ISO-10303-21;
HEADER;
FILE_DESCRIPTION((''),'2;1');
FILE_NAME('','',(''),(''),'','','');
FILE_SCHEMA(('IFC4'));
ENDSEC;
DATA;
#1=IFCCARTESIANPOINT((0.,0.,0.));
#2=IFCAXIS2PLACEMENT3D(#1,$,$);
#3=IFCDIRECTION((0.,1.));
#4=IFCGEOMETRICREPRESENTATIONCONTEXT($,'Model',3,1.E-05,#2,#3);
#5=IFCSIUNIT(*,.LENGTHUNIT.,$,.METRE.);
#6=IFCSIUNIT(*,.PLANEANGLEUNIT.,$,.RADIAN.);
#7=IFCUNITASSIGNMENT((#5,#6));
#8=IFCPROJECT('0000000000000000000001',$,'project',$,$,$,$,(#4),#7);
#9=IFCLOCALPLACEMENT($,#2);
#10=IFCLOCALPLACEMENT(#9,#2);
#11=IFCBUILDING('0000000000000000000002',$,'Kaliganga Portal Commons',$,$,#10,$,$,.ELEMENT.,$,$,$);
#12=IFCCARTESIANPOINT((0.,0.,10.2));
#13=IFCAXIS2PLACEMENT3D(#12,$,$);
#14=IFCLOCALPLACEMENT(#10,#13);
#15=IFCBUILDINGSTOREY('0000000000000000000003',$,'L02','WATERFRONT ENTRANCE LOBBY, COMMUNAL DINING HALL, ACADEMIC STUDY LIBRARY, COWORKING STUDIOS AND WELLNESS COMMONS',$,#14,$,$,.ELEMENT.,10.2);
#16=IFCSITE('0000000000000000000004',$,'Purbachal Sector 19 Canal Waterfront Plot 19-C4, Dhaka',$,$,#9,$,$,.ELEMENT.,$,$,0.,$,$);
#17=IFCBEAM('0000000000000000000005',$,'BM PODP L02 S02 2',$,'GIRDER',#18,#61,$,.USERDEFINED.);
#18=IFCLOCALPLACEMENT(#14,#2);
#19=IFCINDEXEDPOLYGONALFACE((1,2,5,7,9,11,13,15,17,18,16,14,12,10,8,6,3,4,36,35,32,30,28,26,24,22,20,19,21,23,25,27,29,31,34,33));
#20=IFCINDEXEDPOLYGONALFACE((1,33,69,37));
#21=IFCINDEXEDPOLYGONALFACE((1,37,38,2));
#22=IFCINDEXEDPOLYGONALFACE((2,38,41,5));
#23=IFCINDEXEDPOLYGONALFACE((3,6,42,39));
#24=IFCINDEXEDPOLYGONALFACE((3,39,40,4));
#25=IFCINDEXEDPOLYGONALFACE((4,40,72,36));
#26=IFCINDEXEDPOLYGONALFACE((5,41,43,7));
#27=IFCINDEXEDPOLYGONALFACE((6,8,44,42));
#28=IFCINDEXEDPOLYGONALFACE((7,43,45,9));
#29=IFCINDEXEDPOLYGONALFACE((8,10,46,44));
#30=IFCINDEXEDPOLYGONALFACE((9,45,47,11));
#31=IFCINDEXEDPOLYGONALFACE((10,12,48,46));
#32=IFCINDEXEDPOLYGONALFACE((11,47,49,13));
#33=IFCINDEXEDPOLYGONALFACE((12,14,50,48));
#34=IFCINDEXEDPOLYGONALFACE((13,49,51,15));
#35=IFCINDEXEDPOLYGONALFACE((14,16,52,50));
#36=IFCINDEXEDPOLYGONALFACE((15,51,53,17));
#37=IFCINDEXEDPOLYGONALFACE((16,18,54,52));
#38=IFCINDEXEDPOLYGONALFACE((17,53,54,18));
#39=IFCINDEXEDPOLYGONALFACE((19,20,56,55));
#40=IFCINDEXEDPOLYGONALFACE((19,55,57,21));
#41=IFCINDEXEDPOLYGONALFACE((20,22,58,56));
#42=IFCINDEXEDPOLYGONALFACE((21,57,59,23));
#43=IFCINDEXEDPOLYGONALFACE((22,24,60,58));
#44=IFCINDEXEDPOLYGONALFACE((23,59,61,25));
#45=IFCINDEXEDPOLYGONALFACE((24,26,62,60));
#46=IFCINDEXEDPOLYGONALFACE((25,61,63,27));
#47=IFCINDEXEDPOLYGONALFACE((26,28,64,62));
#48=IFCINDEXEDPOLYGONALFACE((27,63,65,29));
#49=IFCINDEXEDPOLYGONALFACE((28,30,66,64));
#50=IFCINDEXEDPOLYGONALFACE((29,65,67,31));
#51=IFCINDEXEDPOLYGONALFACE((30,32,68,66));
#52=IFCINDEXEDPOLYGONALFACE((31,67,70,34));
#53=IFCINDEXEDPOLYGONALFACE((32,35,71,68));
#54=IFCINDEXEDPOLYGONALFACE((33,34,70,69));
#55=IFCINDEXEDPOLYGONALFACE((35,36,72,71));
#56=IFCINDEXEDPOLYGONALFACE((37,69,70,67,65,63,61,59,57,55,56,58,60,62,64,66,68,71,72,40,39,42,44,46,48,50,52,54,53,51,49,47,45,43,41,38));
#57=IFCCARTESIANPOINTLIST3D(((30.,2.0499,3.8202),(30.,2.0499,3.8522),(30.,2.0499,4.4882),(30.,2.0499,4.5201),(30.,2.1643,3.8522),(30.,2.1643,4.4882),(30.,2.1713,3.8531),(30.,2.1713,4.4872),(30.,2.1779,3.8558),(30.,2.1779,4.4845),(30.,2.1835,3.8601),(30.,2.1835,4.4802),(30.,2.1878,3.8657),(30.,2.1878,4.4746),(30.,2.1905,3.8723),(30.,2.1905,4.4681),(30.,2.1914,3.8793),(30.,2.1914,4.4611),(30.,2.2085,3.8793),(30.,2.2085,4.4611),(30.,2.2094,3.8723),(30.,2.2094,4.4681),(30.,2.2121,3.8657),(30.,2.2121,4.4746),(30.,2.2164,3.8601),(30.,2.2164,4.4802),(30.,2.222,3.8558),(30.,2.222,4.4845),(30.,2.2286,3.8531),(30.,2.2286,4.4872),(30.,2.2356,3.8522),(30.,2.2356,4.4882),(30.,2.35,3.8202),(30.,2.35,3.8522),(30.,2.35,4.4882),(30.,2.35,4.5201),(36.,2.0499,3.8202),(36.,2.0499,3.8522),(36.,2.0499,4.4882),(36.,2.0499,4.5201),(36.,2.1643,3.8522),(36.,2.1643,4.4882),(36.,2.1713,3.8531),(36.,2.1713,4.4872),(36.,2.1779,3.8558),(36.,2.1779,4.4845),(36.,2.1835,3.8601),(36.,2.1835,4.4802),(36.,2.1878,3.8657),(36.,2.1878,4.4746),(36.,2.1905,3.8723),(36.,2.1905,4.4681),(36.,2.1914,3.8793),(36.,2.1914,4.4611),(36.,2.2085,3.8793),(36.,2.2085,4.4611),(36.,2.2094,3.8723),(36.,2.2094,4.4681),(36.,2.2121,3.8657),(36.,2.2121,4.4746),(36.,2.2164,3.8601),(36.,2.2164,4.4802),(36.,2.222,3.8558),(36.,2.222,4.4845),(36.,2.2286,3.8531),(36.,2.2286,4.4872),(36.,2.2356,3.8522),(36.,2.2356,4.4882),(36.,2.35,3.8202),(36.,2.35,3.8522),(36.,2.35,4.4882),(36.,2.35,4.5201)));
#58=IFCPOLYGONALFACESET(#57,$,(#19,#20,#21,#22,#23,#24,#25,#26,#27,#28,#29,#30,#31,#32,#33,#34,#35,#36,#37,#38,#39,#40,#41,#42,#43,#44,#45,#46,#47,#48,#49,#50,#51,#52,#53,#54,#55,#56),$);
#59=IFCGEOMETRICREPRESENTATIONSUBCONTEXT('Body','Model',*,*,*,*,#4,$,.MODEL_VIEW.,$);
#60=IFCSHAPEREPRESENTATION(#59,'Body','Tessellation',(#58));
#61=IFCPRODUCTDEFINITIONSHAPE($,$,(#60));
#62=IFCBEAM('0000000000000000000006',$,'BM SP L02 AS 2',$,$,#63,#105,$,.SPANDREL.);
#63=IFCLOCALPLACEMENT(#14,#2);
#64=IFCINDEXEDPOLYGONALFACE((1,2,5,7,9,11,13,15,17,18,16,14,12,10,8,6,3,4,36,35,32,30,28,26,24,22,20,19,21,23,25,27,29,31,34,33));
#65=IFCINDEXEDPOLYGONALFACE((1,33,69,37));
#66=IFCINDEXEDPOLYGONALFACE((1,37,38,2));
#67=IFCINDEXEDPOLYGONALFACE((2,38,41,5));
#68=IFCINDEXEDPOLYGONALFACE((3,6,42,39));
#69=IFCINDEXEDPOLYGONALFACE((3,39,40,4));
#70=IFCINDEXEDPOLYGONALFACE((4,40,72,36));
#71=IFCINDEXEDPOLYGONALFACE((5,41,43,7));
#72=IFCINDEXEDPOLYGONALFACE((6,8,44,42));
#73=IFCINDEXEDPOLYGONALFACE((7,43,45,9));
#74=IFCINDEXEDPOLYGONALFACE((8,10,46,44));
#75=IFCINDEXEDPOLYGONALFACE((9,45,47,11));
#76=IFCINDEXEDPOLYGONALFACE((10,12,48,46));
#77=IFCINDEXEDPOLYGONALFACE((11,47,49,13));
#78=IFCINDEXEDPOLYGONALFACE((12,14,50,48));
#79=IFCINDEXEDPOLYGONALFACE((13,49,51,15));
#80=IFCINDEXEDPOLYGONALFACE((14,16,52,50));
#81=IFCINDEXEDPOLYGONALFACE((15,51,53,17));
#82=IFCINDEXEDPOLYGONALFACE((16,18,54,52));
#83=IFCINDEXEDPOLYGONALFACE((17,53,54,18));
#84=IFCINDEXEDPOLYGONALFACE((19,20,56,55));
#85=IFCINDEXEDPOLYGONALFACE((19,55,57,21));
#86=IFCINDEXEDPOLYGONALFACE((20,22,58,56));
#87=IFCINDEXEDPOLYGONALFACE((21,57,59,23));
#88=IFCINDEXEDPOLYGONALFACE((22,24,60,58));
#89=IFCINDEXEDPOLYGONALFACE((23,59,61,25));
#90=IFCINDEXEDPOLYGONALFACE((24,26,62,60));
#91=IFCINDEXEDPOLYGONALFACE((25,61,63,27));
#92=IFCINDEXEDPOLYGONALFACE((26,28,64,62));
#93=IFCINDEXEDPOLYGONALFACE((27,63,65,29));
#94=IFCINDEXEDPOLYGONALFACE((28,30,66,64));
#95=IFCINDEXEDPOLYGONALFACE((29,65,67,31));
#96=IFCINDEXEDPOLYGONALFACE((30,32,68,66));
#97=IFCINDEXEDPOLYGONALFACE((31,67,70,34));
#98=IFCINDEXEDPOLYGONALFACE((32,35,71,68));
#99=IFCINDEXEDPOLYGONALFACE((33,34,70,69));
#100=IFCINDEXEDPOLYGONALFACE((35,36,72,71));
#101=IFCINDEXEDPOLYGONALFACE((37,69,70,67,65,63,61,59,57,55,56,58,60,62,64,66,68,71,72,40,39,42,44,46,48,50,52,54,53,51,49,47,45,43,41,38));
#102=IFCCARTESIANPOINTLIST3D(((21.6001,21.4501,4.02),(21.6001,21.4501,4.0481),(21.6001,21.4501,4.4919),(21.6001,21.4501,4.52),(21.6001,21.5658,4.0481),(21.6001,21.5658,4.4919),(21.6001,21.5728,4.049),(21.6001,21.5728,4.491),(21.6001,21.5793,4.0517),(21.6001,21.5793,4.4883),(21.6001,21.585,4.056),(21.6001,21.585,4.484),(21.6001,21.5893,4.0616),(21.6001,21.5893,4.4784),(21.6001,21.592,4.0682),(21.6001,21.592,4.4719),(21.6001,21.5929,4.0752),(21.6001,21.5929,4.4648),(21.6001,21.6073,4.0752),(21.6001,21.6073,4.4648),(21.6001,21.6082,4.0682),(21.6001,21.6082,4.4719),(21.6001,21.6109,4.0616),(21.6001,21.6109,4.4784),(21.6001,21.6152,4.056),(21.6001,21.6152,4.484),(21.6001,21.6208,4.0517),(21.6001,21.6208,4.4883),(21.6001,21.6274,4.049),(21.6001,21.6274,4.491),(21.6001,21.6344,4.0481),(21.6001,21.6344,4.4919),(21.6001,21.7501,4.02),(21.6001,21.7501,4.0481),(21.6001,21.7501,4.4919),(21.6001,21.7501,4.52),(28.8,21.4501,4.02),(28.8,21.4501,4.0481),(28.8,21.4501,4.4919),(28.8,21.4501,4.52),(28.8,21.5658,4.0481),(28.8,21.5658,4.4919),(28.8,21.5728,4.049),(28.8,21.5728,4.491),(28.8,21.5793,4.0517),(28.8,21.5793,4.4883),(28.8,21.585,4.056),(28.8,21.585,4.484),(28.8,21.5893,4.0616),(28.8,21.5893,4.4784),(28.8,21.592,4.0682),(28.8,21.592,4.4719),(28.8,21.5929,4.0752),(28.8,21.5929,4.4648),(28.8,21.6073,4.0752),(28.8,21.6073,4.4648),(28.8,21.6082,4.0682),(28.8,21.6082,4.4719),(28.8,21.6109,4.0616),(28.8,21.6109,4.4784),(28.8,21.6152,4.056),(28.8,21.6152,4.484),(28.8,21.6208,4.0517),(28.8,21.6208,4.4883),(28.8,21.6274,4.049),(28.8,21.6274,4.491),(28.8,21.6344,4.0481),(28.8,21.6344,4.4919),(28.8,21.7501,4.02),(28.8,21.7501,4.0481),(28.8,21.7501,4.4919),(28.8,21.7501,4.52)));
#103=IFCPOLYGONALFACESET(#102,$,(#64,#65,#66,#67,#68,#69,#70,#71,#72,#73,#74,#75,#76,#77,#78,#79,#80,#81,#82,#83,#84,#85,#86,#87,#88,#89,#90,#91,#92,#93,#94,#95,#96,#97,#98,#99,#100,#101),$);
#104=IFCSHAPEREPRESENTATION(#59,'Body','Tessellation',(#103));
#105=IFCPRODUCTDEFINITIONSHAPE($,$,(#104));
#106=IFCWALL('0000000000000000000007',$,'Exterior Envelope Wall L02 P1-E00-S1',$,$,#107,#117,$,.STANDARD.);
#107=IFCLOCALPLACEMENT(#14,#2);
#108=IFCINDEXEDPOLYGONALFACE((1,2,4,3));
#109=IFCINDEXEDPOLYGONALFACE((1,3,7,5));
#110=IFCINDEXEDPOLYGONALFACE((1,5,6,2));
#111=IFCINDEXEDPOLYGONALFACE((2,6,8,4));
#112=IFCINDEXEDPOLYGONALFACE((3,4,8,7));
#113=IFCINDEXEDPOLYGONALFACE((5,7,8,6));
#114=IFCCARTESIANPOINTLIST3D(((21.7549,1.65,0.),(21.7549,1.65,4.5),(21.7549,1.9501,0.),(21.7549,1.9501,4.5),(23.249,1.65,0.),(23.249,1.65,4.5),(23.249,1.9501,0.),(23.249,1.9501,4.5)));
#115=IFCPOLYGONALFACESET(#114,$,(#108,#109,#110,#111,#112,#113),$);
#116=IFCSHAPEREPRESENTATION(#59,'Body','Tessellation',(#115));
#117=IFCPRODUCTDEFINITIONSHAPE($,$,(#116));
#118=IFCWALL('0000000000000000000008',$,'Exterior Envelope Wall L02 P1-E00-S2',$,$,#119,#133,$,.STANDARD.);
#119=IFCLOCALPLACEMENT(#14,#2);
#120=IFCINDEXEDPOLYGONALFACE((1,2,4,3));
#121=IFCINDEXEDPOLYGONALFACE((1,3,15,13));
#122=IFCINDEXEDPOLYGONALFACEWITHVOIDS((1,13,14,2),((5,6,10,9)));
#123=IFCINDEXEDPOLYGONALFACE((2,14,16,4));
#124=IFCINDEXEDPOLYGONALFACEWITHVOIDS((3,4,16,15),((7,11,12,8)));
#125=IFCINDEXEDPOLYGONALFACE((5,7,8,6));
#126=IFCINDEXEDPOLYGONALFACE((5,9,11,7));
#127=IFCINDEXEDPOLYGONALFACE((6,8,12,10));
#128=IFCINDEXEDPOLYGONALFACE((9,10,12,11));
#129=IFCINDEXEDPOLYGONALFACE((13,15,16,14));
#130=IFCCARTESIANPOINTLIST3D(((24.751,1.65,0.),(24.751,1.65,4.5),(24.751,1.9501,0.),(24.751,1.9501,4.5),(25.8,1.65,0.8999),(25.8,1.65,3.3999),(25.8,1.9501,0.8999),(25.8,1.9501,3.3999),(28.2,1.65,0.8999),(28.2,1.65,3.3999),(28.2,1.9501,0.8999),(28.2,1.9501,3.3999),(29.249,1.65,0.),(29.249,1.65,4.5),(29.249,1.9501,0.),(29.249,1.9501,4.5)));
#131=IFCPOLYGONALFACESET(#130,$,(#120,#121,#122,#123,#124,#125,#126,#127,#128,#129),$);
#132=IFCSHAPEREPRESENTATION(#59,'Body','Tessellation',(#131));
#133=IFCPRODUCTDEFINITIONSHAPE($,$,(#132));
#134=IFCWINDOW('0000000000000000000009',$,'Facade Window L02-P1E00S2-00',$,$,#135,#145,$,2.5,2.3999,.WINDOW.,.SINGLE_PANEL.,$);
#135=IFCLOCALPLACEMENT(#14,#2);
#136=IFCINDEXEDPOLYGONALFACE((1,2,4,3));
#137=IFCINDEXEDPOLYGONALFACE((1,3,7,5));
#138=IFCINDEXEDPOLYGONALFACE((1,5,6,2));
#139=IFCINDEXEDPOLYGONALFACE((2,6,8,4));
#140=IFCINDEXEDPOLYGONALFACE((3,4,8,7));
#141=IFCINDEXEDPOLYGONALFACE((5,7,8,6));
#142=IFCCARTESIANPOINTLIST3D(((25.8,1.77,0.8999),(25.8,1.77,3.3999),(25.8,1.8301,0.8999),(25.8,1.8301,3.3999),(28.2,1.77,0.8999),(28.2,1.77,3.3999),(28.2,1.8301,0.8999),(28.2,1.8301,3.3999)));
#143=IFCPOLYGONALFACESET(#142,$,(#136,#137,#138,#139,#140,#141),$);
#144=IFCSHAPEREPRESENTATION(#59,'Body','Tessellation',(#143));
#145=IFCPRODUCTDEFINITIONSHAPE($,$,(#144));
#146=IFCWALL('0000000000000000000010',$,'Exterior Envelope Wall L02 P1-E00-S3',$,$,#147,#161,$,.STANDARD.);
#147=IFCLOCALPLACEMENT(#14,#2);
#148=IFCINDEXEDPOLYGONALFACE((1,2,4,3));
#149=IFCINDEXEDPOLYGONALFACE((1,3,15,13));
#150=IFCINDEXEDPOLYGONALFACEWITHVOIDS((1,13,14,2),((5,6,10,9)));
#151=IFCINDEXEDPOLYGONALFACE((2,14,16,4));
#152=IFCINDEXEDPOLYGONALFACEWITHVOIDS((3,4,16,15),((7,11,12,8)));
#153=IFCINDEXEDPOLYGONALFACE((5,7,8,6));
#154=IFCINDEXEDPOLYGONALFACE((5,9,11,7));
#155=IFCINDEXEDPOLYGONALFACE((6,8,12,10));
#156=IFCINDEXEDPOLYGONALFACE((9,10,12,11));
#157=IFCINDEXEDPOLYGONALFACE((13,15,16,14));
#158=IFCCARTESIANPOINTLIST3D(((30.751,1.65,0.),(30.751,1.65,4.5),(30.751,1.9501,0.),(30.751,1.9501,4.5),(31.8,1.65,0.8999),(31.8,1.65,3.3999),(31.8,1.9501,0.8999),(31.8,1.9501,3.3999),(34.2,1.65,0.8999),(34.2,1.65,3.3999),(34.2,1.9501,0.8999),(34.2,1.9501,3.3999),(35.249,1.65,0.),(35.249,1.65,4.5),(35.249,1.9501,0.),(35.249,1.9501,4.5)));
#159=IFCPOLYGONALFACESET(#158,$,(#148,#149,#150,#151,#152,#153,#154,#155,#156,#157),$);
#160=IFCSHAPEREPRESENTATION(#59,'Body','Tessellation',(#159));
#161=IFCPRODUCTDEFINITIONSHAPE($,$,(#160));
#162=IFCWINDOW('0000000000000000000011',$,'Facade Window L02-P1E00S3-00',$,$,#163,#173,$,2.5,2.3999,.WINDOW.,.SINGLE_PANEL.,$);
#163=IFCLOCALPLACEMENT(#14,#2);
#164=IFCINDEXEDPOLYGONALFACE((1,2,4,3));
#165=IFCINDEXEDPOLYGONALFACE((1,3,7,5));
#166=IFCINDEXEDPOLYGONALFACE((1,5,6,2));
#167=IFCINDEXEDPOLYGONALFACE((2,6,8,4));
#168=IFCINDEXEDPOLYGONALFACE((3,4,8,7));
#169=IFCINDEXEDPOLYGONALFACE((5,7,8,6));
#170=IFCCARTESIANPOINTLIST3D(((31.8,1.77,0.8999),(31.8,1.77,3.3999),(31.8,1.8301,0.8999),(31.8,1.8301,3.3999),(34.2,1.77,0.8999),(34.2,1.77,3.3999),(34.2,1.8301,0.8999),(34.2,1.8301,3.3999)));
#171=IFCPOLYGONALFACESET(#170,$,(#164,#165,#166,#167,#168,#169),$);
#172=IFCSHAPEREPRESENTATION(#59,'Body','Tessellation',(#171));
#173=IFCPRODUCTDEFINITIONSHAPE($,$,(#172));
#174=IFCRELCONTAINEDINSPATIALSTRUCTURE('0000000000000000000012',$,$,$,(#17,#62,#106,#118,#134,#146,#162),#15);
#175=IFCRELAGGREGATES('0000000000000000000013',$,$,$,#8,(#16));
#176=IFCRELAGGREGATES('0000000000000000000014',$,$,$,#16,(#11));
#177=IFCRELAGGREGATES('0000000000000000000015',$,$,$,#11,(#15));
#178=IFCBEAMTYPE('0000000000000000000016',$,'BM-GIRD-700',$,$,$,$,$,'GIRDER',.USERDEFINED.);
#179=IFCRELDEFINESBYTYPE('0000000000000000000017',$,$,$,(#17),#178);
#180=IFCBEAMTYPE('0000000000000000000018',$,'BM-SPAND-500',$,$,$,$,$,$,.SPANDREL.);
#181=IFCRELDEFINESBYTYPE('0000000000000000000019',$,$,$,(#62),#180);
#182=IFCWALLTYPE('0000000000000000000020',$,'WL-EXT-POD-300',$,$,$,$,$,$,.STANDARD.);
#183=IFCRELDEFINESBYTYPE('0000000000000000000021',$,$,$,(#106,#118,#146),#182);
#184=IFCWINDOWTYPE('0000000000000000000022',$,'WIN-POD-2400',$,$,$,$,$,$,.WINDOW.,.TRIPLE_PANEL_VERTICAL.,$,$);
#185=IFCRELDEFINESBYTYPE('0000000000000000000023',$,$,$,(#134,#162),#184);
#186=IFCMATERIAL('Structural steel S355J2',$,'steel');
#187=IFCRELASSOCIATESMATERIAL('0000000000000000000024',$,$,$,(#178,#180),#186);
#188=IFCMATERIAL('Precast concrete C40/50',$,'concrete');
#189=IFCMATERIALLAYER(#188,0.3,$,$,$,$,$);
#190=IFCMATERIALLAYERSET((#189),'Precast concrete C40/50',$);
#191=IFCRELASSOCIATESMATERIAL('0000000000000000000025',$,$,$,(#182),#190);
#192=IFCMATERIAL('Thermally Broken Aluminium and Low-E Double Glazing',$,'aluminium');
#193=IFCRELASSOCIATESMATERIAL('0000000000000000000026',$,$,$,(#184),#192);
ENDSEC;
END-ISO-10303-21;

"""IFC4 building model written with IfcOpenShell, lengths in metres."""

from ifc_helpers import new_model, si_unit, direction, frame, frame_2d, origin, origin_2d, place, context, subcontext, project, spatial, rectangle, i_section, extrude, source, transform, mapped, material, layer, layer_set, material_profile, profile_set, type_object, element, fill, save


model = new_model("IFC4")

# Units and contexts
model_context = context("Model", 3, precision=1e-05, world=origin(), true_north=direction((0.0, 1.0)))
body_context = subcontext(model_context, "Body", "Model", "MODEL_VIEW")
ifc_project = project(units=[si_unit("LENGTHUNIT", "METRE"), si_unit("PLANEANGLEUNIT", "RADIAN")], contexts=[model_context])

# Site, building, storey
site_placement = place(None, origin())
site = spatial("IfcSite", under=ifc_project, at=site_placement, Name="Purbachal Sector 19 Canal Waterfront Plot 19-C4, Dhaka", CompositionType="ELEMENT", RefElevation=0.0)
building_placement = place(site_placement, origin())
building = spatial("IfcBuilding", under=site, at=building_placement, Name="Kaliganga Portal Commons", CompositionType="ELEMENT")
storey_placement = place(building_placement, frame((0.0, 0.0, 10.2)))
storey = spatial("IfcBuildingStorey", under=building, at=storey_placement, Name="L02", Description="WATERFRONT ENTRANCE LOBBY, COMMUNAL DINING HALL, ACADEMIC STUDY LIBRARY, COWORKING STUDIOS AND WELLNESS COMMONS", CompositionType="ELEMENT", Elevation=10.2)

# Beams
ifc_material_1 = material(Name="Structural steel S355J2", Category="steel")
ifc_material_profile_1 = material_profile(ifc_material_1, i_section(OverallWidth=0.3, OverallDepth=0.7, WebThickness=0.0171, FlangeThickness=0.032, FilletRadius=0.0271, at=origin_2d()), Name="HE 700 B")
ifc_profile_set_1 = profile_set([ifc_material_profile_1], Name="Structural steel S355J2 wide-flange")
beam_type_1 = type_object("IfcBeamType", Name="BM-GIRD-700", ElementType="GIRDER", PredefinedType="USERDEFINED", material=ifc_profile_set_1)
shared_shape_1 = source(origin(), body_context, "Body", "SweptSolid", [
    extrude(i_section(OverallWidth=0.3, OverallDepth=0.7, WebThickness=0.0171, FlangeThickness=0.032, FilletRadius=0.0271, at=origin_2d()), origin(), (0.0, 0.0, 1.0), 6.0),
])
for number, where, z_axis, x_axis, name in (
    (1, (30.0, 2.2, 4.1702), (1.0, 0.0, 0.0), (0.0, 1.0, 0.0), "BM PODP L02 S02 2"),
):
    element("IfcBeam", number, at=place(storey_placement, frame(where, z_axis=z_axis, x_axis=x_axis)), inside=storey, type_object=beam_type_1, Name=name, ObjectType="GIRDER", PredefinedType="USERDEFINED", context=body_context, shape_type="MappedRepresentation", body=[
        mapped(shared_shape_1, transform((0.0, 0.0, 0.0), x_axis=(1.0, 0.0, 0.0), y_axis=(0.0, 1.0, 0.0), z_axis=(0.0, 0.0, 1.0), scale=1.0)),
    ])
ifc_material_profile_2 = material_profile(ifc_material_1, i_section(OverallWidth=0.3, OverallDepth=0.5, WebThickness=0.0144, FlangeThickness=0.0281, FilletRadius=0.0271, at=origin_2d()), Name="HE 500 B")
ifc_profile_set_2 = profile_set([ifc_material_profile_2], Name="Structural steel S355J2 wide-flange")
beam_type_2 = type_object("IfcBeamType", Name="BM-SPAND-500", PredefinedType="SPANDREL", material=ifc_profile_set_2)
shared_shape_2 = source(origin(), body_context, "Body", "SweptSolid", [
    extrude(i_section(OverallWidth=0.3, OverallDepth=0.5, WebThickness=0.0144, FlangeThickness=0.0281, FilletRadius=0.0271, at=origin_2d()), origin(), (0.0, 0.0, 1.0), 7.2),
])
beam_1_placement = place(storey_placement, frame((21.6001, 21.6001, 4.27), z_axis=(1.0, 0.0, 0.0), x_axis=(0.0, 1.0, 0.0)))
element("IfcBeam", 2, at=beam_1_placement, inside=storey, type_object=beam_type_2, Name="BM SP L02 AS 2", PredefinedType="SPANDREL", context=body_context, shape_type="MappedRepresentation", body=[
    mapped(shared_shape_2, transform((0.0, 0.0, 0.0), x_axis=(1.0, 0.0, 0.0), y_axis=(0.0, 1.0, 0.0), z_axis=(0.0, 0.0, 1.0), scale=1.0)),
])

# Wall
ifc_material_2 = material(Name="Precast concrete C40/50", Category="concrete")
ifc_layer_1 = layer(ifc_material_2, 0.3)
ifc_layer_set_1 = layer_set([ifc_layer_1], Name="Precast concrete C40/50")
wall_type_1 = type_object("IfcWallType", Name="WL-EXT-POD-300", PredefinedType="STANDARD", material=ifc_layer_set_1)
wall_1_placement = place(storey_placement, frame((23.249, 1.8, 0.0), z_axis=(0.0, 0.0, 1.0), x_axis=(-1.0, 0.0, 0.0)))
element("IfcWall", 3, at=wall_1_placement, inside=storey, type_object=wall_type_1, Name="Exterior Envelope Wall L02 P1-E00-S1", PredefinedType="STANDARD", context=body_context, shape_type="SweptSolid", body=[
    extrude(rectangle(XDim=1.4941, YDim=0.3, at=frame_2d((0.7471, 0.0))), origin(), (0.0, 0.0, 1.0), 4.5),
])

# Walls, openings, windows
wall_2_placement = place(storey_placement, frame((29.249, 1.8, 0.0), z_axis=(0.0, 0.0, 1.0), x_axis=(-1.0, 0.0, 0.0)))
wall_2 = element("IfcWall", 4, at=wall_2_placement, inside=storey, type_object=wall_type_1, Name="Exterior Envelope Wall L02 P1-E00-S2", PredefinedType="STANDARD", context=body_context, shape_type="SweptSolid", body=[
    extrude(rectangle(XDim=4.498, YDim=0.3, at=frame_2d((2.249, 0.0))), origin(), (0.0, 0.0, 1.0), 4.5),
])
opening_1_placement = place(wall_2_placement, frame((1.0491, 0.0, 0.8999)))
opening_1 = element("IfcOpeningElement", 5, at=opening_1_placement, cuts=wall_2, PredefinedType="OPENING", context=body_context, shape_type="SweptSolid", body=[
    extrude(rectangle(XDim=2.3999, YDim=2.5, at=frame_2d((1.2, 1.25))), frame((0.0, 0.1602, 0.0), z_axis=(0.0, -1.0, 0.0), x_axis=(1.0, 0.0, 0.0)), (0.0, 0.0, 1.0), 0.3201),
])
ifc_material_3 = material(Name="Thermally Broken Aluminium and Low-E Double Glazing", Category="aluminium")
window_type = type_object("IfcWindowType", Name="WIN-POD-2400", PartitioningType="TRIPLE_PANEL_VERTICAL", PredefinedType="WINDOW", material=ifc_material_3)
window_1_placement = place(opening_1_placement, origin())
window_1 = element("IfcWindow", 6, at=window_1_placement, inside=storey, type_object=window_type, Name="Facade Window L02-P1E00S2-00", OverallHeight=2.5, OverallWidth=2.3999, PartitioningType="SINGLE_PANEL", PredefinedType="WINDOW", context=body_context, shape_type="SweptSolid", body=[
    extrude(rectangle(XDim=2.3999, YDim=2.5, at=frame_2d((1.2, 1.25))), frame((0.0, 0.03, 0.0), z_axis=(0.0, -1.0, 0.0), x_axis=(1.0, 0.0, 0.0)), (0.0, 0.0, 1.0), 0.0601),
])
fill(opening_1, window_1)
wall_3_placement = place(storey_placement, frame((35.249, 1.8, 0.0), z_axis=(0.0, 0.0, 1.0), x_axis=(-1.0, 0.0, 0.0)))
wall_3 = element("IfcWall", 7, at=wall_3_placement, inside=storey, type_object=wall_type_1, Name="Exterior Envelope Wall L02 P1-E00-S3", PredefinedType="STANDARD", context=body_context, shape_type="SweptSolid", body=[
    extrude(rectangle(XDim=4.498, YDim=0.3, at=frame_2d((2.249, 0.0))), origin(), (0.0, 0.0, 1.0), 4.5),
])
opening_2_placement = place(wall_3_placement, frame((1.0491, 0.0, 0.8999)))
opening_2 = element("IfcOpeningElement", 8, at=opening_2_placement, cuts=wall_3, PredefinedType="OPENING", context=body_context, shape_type="SweptSolid", body=[
    extrude(rectangle(XDim=2.3999, YDim=2.5, at=frame_2d((1.2, 1.25))), frame((0.0, 0.1602, 0.0), z_axis=(0.0, -1.0, 0.0), x_axis=(1.0, 0.0, 0.0)), (0.0, 0.0, 1.0), 0.3201),
])
window_2_placement = place(opening_2_placement, origin())
window_2 = element("IfcWindow", 9, at=window_2_placement, inside=storey, type_object=window_type, Name="Facade Window L02-P1E00S3-00", OverallHeight=2.5, OverallWidth=2.3999, PartitioningType="SINGLE_PANEL", PredefinedType="WINDOW", context=body_context, shape_type="SweptSolid", body=[
    extrude(rectangle(XDim=2.3999, YDim=2.5, at=frame_2d((1.2, 1.25))), frame((0.0, 0.03, 0.0), z_axis=(0.0, -1.0, 0.0), x_axis=(1.0, 0.0, 0.0)), (0.0, 0.0, 1.0), 0.0601),
])
fill(opening_2, window_2)

save(model, "model.ifc")
